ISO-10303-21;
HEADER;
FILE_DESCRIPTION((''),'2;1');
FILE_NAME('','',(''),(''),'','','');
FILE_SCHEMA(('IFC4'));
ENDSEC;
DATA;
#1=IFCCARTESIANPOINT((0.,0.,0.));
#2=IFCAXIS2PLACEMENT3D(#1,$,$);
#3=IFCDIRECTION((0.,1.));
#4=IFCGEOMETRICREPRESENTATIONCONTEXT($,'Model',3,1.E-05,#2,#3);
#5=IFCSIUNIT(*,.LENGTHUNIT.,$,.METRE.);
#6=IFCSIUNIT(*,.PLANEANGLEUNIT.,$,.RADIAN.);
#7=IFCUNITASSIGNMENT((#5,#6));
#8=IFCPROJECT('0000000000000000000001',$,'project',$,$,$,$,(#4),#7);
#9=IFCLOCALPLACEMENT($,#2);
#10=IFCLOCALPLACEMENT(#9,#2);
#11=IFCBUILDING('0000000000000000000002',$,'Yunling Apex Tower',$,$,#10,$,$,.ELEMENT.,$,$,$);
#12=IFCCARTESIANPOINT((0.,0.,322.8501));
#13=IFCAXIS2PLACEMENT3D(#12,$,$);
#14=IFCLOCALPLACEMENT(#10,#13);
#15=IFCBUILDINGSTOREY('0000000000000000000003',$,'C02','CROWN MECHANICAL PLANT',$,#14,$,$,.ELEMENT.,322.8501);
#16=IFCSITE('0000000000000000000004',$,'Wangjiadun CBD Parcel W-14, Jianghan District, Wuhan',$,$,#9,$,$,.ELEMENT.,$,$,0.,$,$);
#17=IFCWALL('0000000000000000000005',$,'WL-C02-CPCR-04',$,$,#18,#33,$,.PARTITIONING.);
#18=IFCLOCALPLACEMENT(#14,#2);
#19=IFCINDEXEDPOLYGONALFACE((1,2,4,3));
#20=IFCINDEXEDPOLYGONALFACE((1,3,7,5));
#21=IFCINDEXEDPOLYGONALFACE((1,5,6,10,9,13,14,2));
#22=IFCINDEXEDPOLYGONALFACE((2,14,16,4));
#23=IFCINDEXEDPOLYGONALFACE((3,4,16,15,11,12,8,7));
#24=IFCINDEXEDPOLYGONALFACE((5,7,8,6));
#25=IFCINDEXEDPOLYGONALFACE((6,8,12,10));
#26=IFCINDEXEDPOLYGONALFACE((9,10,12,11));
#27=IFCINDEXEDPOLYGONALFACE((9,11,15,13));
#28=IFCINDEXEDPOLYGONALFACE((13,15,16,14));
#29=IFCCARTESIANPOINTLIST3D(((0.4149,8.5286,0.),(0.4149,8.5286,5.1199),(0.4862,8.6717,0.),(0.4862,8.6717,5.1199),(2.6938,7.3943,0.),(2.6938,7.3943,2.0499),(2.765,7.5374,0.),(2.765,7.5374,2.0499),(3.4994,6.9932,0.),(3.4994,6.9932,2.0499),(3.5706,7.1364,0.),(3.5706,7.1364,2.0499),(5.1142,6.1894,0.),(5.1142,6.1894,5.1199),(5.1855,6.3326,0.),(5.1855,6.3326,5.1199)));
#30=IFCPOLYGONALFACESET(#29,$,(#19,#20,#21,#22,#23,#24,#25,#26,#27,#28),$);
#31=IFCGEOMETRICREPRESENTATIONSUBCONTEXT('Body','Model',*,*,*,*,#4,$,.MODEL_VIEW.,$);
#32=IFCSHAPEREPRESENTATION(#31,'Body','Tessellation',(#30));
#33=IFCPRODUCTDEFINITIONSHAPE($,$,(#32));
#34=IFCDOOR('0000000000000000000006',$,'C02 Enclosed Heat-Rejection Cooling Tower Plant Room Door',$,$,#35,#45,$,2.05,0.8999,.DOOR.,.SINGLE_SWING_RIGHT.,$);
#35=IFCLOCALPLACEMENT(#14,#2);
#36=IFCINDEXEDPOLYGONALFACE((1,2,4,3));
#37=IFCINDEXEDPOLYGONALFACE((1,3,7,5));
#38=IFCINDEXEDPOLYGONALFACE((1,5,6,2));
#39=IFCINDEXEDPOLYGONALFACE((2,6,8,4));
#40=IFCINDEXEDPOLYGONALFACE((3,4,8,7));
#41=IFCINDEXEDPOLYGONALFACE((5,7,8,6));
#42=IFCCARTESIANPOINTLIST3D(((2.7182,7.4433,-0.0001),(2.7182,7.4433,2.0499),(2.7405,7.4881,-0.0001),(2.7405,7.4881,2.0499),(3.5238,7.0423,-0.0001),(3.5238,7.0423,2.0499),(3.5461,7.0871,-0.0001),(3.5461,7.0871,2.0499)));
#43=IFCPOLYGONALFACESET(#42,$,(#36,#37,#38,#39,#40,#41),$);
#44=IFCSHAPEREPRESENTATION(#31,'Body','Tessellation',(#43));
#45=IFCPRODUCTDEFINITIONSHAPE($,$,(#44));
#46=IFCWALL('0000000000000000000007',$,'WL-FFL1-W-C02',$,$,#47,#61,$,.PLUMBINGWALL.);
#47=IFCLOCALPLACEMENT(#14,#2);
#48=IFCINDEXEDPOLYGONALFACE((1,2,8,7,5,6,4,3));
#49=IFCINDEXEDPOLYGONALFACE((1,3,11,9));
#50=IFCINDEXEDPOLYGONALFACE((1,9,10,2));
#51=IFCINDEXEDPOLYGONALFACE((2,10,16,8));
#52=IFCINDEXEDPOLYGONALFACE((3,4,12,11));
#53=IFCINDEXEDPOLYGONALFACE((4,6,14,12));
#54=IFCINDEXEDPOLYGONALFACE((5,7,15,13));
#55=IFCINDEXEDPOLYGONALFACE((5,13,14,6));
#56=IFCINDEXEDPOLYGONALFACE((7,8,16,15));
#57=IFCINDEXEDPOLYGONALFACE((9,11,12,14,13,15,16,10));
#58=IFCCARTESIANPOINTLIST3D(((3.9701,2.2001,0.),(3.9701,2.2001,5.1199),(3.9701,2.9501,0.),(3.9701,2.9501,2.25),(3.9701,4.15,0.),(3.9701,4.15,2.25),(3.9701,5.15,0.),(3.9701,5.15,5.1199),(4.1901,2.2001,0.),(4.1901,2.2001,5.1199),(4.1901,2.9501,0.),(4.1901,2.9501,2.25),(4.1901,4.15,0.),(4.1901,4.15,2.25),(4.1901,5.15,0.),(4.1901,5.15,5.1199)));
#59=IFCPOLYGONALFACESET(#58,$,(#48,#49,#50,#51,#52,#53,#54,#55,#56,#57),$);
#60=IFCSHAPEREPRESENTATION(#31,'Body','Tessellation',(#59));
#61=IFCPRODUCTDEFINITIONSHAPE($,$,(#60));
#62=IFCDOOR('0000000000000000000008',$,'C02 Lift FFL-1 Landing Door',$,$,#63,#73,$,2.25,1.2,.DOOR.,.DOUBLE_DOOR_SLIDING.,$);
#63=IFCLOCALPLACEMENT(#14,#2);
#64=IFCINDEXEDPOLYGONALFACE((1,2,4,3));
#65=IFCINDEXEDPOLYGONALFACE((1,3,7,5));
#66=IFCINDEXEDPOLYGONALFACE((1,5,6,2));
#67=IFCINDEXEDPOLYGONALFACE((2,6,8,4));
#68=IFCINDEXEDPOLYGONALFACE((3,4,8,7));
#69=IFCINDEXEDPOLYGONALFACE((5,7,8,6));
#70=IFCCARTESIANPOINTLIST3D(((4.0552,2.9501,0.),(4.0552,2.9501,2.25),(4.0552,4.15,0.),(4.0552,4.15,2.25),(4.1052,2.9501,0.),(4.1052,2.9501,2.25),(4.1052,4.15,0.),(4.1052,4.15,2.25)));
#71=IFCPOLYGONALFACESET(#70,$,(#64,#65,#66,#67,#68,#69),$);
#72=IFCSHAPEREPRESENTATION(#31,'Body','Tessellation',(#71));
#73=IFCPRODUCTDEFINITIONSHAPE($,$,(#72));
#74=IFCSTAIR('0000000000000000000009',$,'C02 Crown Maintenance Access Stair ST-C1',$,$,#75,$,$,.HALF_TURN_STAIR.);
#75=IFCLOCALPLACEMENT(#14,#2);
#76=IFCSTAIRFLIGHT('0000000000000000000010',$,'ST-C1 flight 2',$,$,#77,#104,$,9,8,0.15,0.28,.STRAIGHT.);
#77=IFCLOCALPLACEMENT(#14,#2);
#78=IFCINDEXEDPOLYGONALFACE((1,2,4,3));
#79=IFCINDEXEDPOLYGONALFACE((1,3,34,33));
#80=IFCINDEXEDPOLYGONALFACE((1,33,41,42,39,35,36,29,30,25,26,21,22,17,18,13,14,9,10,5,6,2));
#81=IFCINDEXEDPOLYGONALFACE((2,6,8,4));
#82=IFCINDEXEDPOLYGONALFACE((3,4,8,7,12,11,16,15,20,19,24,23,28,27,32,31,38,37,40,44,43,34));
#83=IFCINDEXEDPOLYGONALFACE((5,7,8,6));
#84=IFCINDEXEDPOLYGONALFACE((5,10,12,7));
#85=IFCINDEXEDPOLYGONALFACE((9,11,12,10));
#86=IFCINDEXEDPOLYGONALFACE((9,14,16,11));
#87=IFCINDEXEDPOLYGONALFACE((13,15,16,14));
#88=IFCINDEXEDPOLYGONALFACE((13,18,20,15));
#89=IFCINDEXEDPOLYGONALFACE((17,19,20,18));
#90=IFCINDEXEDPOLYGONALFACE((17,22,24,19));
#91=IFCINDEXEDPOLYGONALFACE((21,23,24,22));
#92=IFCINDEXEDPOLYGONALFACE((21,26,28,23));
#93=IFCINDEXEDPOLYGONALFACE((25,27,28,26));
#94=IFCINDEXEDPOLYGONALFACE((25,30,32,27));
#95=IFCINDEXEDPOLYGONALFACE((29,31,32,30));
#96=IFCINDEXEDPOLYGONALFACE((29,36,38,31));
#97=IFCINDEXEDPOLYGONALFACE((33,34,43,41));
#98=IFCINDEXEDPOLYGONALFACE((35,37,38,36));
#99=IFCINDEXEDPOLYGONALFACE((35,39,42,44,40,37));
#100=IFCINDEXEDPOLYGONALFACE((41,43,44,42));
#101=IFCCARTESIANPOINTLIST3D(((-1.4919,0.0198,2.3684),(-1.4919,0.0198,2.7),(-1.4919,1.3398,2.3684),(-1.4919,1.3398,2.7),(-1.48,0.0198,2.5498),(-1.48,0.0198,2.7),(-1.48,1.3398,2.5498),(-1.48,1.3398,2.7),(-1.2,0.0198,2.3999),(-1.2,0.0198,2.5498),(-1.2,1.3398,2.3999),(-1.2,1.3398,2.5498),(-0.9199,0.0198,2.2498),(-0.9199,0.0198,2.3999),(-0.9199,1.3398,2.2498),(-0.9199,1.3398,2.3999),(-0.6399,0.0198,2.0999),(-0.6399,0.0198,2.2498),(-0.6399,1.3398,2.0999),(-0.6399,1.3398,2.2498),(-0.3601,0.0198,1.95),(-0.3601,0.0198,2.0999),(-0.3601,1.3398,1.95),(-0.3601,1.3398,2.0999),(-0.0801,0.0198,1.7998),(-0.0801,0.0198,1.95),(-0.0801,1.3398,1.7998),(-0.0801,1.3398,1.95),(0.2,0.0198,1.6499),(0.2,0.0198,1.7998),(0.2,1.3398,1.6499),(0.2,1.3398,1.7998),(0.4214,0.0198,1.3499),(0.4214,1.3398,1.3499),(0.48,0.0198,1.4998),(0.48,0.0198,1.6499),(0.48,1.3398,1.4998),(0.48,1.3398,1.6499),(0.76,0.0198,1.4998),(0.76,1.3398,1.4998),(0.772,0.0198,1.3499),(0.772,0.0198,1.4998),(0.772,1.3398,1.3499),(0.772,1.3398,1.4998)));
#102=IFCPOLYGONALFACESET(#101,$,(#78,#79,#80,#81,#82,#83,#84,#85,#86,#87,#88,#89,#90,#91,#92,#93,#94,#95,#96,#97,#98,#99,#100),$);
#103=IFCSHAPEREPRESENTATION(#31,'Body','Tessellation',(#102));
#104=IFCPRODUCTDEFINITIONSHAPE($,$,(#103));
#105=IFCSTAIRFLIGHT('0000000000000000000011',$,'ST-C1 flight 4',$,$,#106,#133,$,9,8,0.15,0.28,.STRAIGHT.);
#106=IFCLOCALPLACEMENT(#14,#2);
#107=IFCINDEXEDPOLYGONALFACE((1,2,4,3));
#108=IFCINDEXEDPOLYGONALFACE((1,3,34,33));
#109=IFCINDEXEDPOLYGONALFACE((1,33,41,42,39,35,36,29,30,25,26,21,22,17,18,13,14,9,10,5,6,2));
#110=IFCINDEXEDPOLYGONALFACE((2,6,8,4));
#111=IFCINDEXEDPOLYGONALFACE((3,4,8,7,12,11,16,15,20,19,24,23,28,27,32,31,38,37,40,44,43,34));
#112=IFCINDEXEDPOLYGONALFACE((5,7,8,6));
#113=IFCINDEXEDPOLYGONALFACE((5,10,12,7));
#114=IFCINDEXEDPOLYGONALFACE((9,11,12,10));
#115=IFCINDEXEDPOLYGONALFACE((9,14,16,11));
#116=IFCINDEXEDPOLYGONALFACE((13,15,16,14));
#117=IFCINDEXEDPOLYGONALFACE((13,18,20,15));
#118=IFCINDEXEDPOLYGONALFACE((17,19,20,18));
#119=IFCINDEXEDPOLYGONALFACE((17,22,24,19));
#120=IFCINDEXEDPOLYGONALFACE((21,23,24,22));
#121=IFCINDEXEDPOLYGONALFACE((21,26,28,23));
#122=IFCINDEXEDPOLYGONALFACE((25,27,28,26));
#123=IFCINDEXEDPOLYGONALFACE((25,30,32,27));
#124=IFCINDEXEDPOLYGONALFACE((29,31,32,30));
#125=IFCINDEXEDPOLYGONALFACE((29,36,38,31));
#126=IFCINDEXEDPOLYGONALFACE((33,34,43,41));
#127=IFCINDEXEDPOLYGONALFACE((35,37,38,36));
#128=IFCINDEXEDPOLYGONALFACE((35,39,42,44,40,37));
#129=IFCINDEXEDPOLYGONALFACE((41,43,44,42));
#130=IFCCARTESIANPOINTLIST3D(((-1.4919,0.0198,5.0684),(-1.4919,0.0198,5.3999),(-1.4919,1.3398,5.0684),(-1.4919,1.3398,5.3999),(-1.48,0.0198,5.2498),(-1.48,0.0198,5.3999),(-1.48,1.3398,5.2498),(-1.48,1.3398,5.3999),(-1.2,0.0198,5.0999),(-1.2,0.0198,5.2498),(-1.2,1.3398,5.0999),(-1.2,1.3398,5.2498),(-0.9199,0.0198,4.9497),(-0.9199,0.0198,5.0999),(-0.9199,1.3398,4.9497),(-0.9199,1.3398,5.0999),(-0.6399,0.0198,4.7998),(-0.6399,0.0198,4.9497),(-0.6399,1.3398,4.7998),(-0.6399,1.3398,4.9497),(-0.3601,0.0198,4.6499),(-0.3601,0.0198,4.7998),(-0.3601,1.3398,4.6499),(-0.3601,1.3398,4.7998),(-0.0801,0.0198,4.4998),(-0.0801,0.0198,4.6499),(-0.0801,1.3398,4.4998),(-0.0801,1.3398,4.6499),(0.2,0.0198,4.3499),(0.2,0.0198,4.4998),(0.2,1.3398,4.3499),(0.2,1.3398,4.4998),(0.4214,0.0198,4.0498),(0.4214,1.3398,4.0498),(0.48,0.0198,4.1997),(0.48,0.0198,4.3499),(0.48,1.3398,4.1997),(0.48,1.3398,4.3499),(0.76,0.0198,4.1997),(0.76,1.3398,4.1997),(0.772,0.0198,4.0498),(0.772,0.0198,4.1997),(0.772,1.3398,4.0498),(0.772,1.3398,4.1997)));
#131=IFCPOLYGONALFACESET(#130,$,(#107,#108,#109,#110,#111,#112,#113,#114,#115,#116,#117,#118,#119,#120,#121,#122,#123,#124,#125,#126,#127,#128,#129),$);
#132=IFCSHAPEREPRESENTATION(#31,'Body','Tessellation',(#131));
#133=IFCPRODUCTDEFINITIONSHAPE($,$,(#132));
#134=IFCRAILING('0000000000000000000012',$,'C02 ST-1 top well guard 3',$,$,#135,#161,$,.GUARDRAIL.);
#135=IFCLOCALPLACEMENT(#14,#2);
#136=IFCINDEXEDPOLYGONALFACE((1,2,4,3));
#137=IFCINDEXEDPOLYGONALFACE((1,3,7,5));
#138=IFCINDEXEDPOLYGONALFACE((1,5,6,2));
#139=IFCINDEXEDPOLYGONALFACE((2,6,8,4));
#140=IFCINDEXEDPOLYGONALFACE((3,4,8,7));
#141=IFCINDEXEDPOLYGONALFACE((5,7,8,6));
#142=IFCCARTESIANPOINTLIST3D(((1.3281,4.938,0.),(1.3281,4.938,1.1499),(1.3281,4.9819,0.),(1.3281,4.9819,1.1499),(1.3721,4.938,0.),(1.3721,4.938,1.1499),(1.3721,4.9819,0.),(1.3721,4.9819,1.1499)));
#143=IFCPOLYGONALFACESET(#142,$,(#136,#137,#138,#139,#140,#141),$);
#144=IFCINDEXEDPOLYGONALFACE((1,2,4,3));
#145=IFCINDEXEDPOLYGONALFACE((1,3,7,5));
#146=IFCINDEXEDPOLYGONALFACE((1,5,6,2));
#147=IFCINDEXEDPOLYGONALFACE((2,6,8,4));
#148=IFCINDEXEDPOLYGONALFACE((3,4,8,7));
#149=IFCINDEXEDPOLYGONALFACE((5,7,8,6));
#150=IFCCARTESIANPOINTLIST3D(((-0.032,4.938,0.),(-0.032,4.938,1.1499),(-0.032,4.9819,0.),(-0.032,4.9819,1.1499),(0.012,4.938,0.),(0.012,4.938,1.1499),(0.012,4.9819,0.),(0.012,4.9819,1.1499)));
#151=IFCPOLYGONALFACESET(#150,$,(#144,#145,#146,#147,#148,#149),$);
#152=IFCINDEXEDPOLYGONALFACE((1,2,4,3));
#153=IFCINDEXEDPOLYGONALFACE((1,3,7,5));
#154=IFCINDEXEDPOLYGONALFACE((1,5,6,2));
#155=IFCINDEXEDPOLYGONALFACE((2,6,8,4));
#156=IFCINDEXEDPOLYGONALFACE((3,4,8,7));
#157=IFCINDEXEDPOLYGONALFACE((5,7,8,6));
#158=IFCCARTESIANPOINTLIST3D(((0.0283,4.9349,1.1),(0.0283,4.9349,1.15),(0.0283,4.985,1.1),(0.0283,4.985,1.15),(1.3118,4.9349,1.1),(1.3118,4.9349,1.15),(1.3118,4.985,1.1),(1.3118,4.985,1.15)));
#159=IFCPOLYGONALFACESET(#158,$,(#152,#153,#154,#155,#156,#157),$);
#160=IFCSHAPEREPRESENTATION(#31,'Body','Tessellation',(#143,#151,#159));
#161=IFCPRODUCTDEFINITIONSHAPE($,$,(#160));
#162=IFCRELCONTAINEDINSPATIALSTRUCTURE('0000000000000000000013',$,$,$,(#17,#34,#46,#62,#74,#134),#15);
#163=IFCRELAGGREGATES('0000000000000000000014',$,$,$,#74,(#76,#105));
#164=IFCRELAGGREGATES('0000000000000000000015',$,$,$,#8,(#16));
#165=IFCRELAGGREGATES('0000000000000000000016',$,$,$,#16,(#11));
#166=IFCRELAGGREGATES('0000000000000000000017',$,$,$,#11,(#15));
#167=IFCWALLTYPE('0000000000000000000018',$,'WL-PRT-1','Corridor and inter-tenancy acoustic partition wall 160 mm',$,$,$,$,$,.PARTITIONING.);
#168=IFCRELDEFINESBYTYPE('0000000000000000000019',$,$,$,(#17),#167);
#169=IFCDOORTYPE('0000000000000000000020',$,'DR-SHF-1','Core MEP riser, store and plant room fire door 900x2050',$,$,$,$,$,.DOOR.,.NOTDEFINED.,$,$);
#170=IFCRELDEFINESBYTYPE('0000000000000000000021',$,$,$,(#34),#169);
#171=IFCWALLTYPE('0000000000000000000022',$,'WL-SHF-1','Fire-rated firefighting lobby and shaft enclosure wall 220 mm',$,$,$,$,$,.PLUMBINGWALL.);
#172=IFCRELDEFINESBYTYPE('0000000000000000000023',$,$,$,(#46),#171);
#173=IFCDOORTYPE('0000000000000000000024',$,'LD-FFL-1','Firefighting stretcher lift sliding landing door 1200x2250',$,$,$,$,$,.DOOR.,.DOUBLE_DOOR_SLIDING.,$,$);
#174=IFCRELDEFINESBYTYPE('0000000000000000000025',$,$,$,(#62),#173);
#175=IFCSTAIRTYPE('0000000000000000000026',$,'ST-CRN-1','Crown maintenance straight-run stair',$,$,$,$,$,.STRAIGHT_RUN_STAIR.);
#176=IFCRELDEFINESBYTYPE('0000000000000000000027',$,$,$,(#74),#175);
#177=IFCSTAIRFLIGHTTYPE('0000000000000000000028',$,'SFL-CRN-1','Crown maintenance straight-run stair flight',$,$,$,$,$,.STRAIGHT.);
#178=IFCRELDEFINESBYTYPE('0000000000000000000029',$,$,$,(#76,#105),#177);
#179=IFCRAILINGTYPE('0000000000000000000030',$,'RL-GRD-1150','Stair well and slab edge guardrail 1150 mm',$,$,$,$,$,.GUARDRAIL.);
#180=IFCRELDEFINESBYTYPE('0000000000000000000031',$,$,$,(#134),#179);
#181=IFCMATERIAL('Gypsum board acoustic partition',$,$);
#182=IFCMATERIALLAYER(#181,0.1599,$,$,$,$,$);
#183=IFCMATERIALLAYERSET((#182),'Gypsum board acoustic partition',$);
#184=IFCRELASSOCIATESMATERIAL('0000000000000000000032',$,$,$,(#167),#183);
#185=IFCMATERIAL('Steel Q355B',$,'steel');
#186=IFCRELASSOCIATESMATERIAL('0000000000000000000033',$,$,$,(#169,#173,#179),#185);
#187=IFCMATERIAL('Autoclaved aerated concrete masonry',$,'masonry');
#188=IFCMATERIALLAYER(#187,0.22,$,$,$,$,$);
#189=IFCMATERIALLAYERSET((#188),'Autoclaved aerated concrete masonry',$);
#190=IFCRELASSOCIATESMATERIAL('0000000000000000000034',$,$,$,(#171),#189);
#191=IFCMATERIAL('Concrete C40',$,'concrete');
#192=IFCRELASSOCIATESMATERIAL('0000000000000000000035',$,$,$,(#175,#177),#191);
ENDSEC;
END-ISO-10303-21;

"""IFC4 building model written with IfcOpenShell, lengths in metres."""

from ifc_helpers import new_model, si_unit, direction, frame, frame_2d, origin, origin_2d, place, context, subcontext, project, spatial, polyline, rectangle, outline, extrude, material, layer, layer_set, type_object, element, fill, aggregate, save


model = new_model("IFC4")

# Units and contexts
model_context = context("Model", 3, precision=1e-05, world=origin(), true_north=direction((0.0, 1.0)))
body_context = subcontext(model_context, "Body", "Model", "MODEL_VIEW")
ifc_project = project(units=[si_unit("LENGTHUNIT", "METRE"), si_unit("PLANEANGLEUNIT", "RADIAN")], contexts=[model_context])

# Site, building, storey
site_placement = place(None, origin())
site = spatial("IfcSite", under=ifc_project, at=site_placement, Name="Wangjiadun CBD Parcel W-14, Jianghan District, Wuhan", CompositionType="ELEMENT", RefElevation=0.0)
building_placement = place(site_placement, origin())
building = spatial("IfcBuilding", under=site, at=building_placement, Name="Yunling Apex Tower", CompositionType="ELEMENT")
storey_placement = place(building_placement, frame((0.0, 0.0, 322.8501)))
storey = spatial("IfcBuildingStorey", under=building, at=storey_placement, Name="C02", Description="CROWN MECHANICAL PLANT", CompositionType="ELEMENT", Elevation=322.8501)

# Shared definitions
ifc_material_1 = material(Name="Steel Q355B", Category="steel")

# Shared definitions
ifc_material_2 = material(Name="Concrete C40", Category="concrete")

# Walls, openings, doors
ifc_material_3 = material(Name="Gypsum board acoustic partition")
ifc_layer_1 = layer(ifc_material_3, 0.1599)
ifc_layer_set_1 = layer_set([ifc_layer_1], Name="Gypsum board acoustic partition")
wall_type_1 = type_object("IfcWallType", Name="WL-PRT-1", Description="Corridor and inter-tenancy acoustic partition wall 160 mm", PredefinedType="PARTITIONING", material=ifc_layer_set_1)
wall_1_placement = place(storey_placement, frame((0.4507, 8.6001, 0.0), z_axis=(0.0, 0.0, 1.0), x_axis=(0.895226, -0.445613, 0.0)))
wall_1 = element("IfcWall", 1, at=wall_1_placement, inside=storey, type_object=wall_type_1, Name="WL-C02-CPCR-04", PredefinedType="PARTITIONING", context=body_context, shape_type="SweptSolid", body=[
    extrude(rectangle(XDim=5.2493, YDim=0.1599, at=frame_2d((2.6245, 0.0))), origin(), (0.0, 0.0, 1.0), 5.1199),
])
opening_1_placement = place(wall_1_placement, frame((2.5454, 0.0, 0.0)))
opening_1 = element("IfcOpeningElement", 2, at=opening_1_placement, cuts=wall_1, PredefinedType="OPENING", context=body_context, shape_type="SweptSolid", body=[
    extrude(rectangle(XDim=0.8999, YDim=2.05, at=frame_2d((0.45, 1.0249))), frame((0.0, 0.0898, 0.0), z_axis=(0.0, -1.0, 0.0), x_axis=(1.0, 0.0, 0.0)), (0.0, 0.0, 1.0), 0.1799),
])
door_type_1 = type_object("IfcDoorType", Name="DR-SHF-1", Description="Core MEP riser, store and plant room fire door 900x2050", OperationType="NOTDEFINED", PredefinedType="DOOR", material=ifc_material_1)
door_1_placement = place(opening_1_placement, origin())
door_1 = element("IfcDoor", 3, at=door_1_placement, inside=storey, type_object=door_type_1, Name="C02 Enclosed Heat-Rejection Cooling Tower Plant Room Door", OperationType="SINGLE_SWING_RIGHT", OverallHeight=2.05, OverallWidth=0.8999, PredefinedType="DOOR", context=body_context, shape_type="SweptSolid", body=[
    extrude(rectangle(XDim=0.8999, YDim=2.05, at=frame_2d((0.45, 1.0249))), frame((0.0, 0.0249, 0.0), z_axis=(0.0, -1.0, 0.0), x_axis=(1.0, 0.0, 0.0)), (0.0, 0.0, 1.0), 0.05),
])
fill(opening_1, door_1)
ifc_material_4 = material(Name="Autoclaved aerated concrete masonry", Category="masonry")
ifc_layer_2 = layer(ifc_material_4, 0.22)
ifc_layer_set_2 = layer_set([ifc_layer_2], Name="Autoclaved aerated concrete masonry")
wall_type_2 = type_object("IfcWallType", Name="WL-SHF-1", Description="Fire-rated firefighting lobby and shaft enclosure wall 220 mm", PredefinedType="PLUMBINGWALL", material=ifc_layer_set_2)
wall_2_placement = place(storey_placement, frame((4.0801, 2.2, 0.0), z_axis=(0.0, 0.0, 1.0), x_axis=(0.0, 1.0, 0.0)))
wall_2 = element("IfcWall", 4, at=wall_2_placement, inside=storey, type_object=wall_type_2, Name="WL-FFL1-W-C02", PredefinedType="PLUMBINGWALL", context=body_context, shape_type="SweptSolid", body=[
    extrude(rectangle(XDim=2.95, YDim=0.22, at=frame_2d((1.4751, 0.0))), origin(), (0.0, 0.0, 1.0), 5.1199),
])
opening_2_placement = place(wall_2_placement, frame((0.75, 0.0, 0.0)))
opening_2 = element("IfcOpeningElement", 5, at=opening_2_placement, cuts=wall_2, PredefinedType="OPENING", context=body_context, shape_type="SweptSolid", body=[
    extrude(rectangle(XDim=1.2, YDim=2.25, at=frame_2d((0.6001, 1.125))), frame((0.0, 0.1201, 0.0), z_axis=(0.0, -1.0, 0.0), x_axis=(1.0, 0.0, 0.0)), (0.0, 0.0, 1.0), 0.24),
])
door_type_2 = type_object("IfcDoorType", Name="LD-FFL-1", Description="Firefighting stretcher lift sliding landing door 1200x2250", OperationType="DOUBLE_DOOR_SLIDING", PredefinedType="DOOR", material=ifc_material_1)
door_2_placement = place(opening_2_placement, origin())
door_2 = element("IfcDoor", 6, at=door_2_placement, inside=storey, type_object=door_type_2, Name="C02 Lift FFL-1 Landing Door", OperationType="DOUBLE_DOOR_SLIDING", OverallHeight=2.25, OverallWidth=1.2, PredefinedType="DOOR", context=body_context, shape_type="SweptSolid", body=[
    extrude(rectangle(XDim=1.2, YDim=2.25, at=frame_2d((0.6001, 1.125))), frame((0.0, 0.0249, 0.0), z_axis=(0.0, -1.0, 0.0), x_axis=(1.0, 0.0, 0.0)), (0.0, 0.0, 1.0), 0.05),
])
fill(opening_2, door_2)

# Stair, stair flights
stair_type = type_object("IfcStairType", Name="ST-CRN-1", Description="Crown maintenance straight-run stair", PredefinedType="STRAIGHT_RUN_STAIR", material=ifc_material_2)
stair_placement = place(storey_placement, origin())
stair = element("IfcStair", 7, at=stair_placement, inside=storey, type_object=stair_type, Name="C02 Crown Maintenance Access Stair ST-C1", PredefinedType="HALF_TURN_STAIR")
stair_flight_type = type_object("IfcStairFlightType", Name="SFL-CRN-1", Description="Crown maintenance straight-run stair flight", PredefinedType="STRAIGHT", material=ifc_material_2)
stair_flight_1_placement = place(storey_placement, frame((0.76, 0.6799, 1.3499), z_axis=(0.0, 0.0, 1.0), x_axis=(-1.0, 0.0, 0.0)))
stair_flight_1 = element("IfcStairFlight", 8, at=stair_flight_1_placement, type_object=stair_flight_type, Name="ST-C1 flight 2", NumberOfRisers=9, NumberOfTreads=8, PredefinedType="STRAIGHT", RiserHeight=0.15, TreadLength=0.28, context=body_context, shape_type="SweptSolid", body=[
    extrude(outline(polyline([(-0.012, 0.0), (-0.012, 0.1499), (0.0, 0.1499), (0.28, 0.1499), (0.28, 0.3), (0.5601, 0.3), (0.5601, 0.45), (0.8401, 0.45), (0.8401, 0.6001), (1.1201, 0.6001), (1.1201, 0.75), (1.3999, 0.75), (1.3999, 0.8999), (1.6799, 0.8999), (1.6799, 1.05), (1.96, 1.05), (1.96, 1.2), (2.24, 1.2), (2.24, 1.3501), (2.252, 1.3501), (2.252, 1.0186), (0.3386, 0.0), (-0.012, 0.0)])), frame((0.0, 0.6602, 0.0), z_axis=(0.0, -1.0, 0.0), x_axis=(1.0, 0.0, 0.0)), (0.0, 0.0, 1.0), 1.3201),
])
stair_flight_2_placement = place(storey_placement, frame((0.76, 0.6799, 4.0498), z_axis=(0.0, 0.0, 1.0), x_axis=(-1.0, 0.0, 0.0)))
stair_flight_2 = element("IfcStairFlight", 9, at=stair_flight_2_placement, type_object=stair_flight_type, Name="ST-C1 flight 4", NumberOfRisers=9, NumberOfTreads=8, PredefinedType="STRAIGHT", RiserHeight=0.15, TreadLength=0.28, context=body_context, shape_type="SweptSolid", body=[
    extrude(outline(polyline([(-0.012, 0.0), (-0.012, 0.1499), (0.0, 0.1499), (0.28, 0.1499), (0.28, 0.3), (0.5601, 0.3), (0.5601, 0.45), (0.8401, 0.45), (0.8401, 0.6001), (1.1201, 0.6001), (1.1201, 0.75), (1.3999, 0.75), (1.3999, 0.8999), (1.6799, 0.8999), (1.6799, 1.05), (1.96, 1.05), (1.96, 1.2), (2.24, 1.2), (2.24, 1.3501), (2.252, 1.3501), (2.252, 1.0186), (0.3386, 0.0), (-0.012, 0.0)])), frame((0.0, 0.6602, 0.0), z_axis=(0.0, -1.0, 0.0), x_axis=(1.0, 0.0, 0.0)), (0.0, 0.0, 1.0), 1.3201),
])
aggregate(stair, [stair_flight_1, stair_flight_2])

# Railing
railing_type_1 = type_object("IfcRailingType", Name="RL-GRD-1150", Description="Stair well and slab edge guardrail 1150 mm", PredefinedType="GUARDRAIL", material=ifc_material_1)
railing_1_placement = place(storey_placement, frame((1.3501, 4.96, 0.0)))
element("IfcRailing", 10, at=railing_1_placement, inside=storey, type_object=railing_type_1, Name="C02 ST-1 top well guard 3", PredefinedType="GUARDRAIL", context=body_context, shape_type="SweptSolid", body=[
    extrude(rectangle(XDim=0.0439, YDim=0.0439, at=origin_2d()), origin(), (0.0, 0.0, 1.0), 1.1499),
    extrude(rectangle(XDim=0.0439, YDim=0.0439, at=origin_2d()), frame((-1.3601, 0.0, 0.0)), (0.0, 0.0, 1.0), 1.1499),
    extrude(rectangle(XDim=0.05, YDim=0.05, at=origin_2d()), frame((-0.0383, 0.0, 1.125), z_axis=(-1.0, 0.0, 0.0), x_axis=(0.0, -1.0, 0.0)), (0.0, 0.0, 1.0), 1.2834),
])

save(model, "model.ifc")
